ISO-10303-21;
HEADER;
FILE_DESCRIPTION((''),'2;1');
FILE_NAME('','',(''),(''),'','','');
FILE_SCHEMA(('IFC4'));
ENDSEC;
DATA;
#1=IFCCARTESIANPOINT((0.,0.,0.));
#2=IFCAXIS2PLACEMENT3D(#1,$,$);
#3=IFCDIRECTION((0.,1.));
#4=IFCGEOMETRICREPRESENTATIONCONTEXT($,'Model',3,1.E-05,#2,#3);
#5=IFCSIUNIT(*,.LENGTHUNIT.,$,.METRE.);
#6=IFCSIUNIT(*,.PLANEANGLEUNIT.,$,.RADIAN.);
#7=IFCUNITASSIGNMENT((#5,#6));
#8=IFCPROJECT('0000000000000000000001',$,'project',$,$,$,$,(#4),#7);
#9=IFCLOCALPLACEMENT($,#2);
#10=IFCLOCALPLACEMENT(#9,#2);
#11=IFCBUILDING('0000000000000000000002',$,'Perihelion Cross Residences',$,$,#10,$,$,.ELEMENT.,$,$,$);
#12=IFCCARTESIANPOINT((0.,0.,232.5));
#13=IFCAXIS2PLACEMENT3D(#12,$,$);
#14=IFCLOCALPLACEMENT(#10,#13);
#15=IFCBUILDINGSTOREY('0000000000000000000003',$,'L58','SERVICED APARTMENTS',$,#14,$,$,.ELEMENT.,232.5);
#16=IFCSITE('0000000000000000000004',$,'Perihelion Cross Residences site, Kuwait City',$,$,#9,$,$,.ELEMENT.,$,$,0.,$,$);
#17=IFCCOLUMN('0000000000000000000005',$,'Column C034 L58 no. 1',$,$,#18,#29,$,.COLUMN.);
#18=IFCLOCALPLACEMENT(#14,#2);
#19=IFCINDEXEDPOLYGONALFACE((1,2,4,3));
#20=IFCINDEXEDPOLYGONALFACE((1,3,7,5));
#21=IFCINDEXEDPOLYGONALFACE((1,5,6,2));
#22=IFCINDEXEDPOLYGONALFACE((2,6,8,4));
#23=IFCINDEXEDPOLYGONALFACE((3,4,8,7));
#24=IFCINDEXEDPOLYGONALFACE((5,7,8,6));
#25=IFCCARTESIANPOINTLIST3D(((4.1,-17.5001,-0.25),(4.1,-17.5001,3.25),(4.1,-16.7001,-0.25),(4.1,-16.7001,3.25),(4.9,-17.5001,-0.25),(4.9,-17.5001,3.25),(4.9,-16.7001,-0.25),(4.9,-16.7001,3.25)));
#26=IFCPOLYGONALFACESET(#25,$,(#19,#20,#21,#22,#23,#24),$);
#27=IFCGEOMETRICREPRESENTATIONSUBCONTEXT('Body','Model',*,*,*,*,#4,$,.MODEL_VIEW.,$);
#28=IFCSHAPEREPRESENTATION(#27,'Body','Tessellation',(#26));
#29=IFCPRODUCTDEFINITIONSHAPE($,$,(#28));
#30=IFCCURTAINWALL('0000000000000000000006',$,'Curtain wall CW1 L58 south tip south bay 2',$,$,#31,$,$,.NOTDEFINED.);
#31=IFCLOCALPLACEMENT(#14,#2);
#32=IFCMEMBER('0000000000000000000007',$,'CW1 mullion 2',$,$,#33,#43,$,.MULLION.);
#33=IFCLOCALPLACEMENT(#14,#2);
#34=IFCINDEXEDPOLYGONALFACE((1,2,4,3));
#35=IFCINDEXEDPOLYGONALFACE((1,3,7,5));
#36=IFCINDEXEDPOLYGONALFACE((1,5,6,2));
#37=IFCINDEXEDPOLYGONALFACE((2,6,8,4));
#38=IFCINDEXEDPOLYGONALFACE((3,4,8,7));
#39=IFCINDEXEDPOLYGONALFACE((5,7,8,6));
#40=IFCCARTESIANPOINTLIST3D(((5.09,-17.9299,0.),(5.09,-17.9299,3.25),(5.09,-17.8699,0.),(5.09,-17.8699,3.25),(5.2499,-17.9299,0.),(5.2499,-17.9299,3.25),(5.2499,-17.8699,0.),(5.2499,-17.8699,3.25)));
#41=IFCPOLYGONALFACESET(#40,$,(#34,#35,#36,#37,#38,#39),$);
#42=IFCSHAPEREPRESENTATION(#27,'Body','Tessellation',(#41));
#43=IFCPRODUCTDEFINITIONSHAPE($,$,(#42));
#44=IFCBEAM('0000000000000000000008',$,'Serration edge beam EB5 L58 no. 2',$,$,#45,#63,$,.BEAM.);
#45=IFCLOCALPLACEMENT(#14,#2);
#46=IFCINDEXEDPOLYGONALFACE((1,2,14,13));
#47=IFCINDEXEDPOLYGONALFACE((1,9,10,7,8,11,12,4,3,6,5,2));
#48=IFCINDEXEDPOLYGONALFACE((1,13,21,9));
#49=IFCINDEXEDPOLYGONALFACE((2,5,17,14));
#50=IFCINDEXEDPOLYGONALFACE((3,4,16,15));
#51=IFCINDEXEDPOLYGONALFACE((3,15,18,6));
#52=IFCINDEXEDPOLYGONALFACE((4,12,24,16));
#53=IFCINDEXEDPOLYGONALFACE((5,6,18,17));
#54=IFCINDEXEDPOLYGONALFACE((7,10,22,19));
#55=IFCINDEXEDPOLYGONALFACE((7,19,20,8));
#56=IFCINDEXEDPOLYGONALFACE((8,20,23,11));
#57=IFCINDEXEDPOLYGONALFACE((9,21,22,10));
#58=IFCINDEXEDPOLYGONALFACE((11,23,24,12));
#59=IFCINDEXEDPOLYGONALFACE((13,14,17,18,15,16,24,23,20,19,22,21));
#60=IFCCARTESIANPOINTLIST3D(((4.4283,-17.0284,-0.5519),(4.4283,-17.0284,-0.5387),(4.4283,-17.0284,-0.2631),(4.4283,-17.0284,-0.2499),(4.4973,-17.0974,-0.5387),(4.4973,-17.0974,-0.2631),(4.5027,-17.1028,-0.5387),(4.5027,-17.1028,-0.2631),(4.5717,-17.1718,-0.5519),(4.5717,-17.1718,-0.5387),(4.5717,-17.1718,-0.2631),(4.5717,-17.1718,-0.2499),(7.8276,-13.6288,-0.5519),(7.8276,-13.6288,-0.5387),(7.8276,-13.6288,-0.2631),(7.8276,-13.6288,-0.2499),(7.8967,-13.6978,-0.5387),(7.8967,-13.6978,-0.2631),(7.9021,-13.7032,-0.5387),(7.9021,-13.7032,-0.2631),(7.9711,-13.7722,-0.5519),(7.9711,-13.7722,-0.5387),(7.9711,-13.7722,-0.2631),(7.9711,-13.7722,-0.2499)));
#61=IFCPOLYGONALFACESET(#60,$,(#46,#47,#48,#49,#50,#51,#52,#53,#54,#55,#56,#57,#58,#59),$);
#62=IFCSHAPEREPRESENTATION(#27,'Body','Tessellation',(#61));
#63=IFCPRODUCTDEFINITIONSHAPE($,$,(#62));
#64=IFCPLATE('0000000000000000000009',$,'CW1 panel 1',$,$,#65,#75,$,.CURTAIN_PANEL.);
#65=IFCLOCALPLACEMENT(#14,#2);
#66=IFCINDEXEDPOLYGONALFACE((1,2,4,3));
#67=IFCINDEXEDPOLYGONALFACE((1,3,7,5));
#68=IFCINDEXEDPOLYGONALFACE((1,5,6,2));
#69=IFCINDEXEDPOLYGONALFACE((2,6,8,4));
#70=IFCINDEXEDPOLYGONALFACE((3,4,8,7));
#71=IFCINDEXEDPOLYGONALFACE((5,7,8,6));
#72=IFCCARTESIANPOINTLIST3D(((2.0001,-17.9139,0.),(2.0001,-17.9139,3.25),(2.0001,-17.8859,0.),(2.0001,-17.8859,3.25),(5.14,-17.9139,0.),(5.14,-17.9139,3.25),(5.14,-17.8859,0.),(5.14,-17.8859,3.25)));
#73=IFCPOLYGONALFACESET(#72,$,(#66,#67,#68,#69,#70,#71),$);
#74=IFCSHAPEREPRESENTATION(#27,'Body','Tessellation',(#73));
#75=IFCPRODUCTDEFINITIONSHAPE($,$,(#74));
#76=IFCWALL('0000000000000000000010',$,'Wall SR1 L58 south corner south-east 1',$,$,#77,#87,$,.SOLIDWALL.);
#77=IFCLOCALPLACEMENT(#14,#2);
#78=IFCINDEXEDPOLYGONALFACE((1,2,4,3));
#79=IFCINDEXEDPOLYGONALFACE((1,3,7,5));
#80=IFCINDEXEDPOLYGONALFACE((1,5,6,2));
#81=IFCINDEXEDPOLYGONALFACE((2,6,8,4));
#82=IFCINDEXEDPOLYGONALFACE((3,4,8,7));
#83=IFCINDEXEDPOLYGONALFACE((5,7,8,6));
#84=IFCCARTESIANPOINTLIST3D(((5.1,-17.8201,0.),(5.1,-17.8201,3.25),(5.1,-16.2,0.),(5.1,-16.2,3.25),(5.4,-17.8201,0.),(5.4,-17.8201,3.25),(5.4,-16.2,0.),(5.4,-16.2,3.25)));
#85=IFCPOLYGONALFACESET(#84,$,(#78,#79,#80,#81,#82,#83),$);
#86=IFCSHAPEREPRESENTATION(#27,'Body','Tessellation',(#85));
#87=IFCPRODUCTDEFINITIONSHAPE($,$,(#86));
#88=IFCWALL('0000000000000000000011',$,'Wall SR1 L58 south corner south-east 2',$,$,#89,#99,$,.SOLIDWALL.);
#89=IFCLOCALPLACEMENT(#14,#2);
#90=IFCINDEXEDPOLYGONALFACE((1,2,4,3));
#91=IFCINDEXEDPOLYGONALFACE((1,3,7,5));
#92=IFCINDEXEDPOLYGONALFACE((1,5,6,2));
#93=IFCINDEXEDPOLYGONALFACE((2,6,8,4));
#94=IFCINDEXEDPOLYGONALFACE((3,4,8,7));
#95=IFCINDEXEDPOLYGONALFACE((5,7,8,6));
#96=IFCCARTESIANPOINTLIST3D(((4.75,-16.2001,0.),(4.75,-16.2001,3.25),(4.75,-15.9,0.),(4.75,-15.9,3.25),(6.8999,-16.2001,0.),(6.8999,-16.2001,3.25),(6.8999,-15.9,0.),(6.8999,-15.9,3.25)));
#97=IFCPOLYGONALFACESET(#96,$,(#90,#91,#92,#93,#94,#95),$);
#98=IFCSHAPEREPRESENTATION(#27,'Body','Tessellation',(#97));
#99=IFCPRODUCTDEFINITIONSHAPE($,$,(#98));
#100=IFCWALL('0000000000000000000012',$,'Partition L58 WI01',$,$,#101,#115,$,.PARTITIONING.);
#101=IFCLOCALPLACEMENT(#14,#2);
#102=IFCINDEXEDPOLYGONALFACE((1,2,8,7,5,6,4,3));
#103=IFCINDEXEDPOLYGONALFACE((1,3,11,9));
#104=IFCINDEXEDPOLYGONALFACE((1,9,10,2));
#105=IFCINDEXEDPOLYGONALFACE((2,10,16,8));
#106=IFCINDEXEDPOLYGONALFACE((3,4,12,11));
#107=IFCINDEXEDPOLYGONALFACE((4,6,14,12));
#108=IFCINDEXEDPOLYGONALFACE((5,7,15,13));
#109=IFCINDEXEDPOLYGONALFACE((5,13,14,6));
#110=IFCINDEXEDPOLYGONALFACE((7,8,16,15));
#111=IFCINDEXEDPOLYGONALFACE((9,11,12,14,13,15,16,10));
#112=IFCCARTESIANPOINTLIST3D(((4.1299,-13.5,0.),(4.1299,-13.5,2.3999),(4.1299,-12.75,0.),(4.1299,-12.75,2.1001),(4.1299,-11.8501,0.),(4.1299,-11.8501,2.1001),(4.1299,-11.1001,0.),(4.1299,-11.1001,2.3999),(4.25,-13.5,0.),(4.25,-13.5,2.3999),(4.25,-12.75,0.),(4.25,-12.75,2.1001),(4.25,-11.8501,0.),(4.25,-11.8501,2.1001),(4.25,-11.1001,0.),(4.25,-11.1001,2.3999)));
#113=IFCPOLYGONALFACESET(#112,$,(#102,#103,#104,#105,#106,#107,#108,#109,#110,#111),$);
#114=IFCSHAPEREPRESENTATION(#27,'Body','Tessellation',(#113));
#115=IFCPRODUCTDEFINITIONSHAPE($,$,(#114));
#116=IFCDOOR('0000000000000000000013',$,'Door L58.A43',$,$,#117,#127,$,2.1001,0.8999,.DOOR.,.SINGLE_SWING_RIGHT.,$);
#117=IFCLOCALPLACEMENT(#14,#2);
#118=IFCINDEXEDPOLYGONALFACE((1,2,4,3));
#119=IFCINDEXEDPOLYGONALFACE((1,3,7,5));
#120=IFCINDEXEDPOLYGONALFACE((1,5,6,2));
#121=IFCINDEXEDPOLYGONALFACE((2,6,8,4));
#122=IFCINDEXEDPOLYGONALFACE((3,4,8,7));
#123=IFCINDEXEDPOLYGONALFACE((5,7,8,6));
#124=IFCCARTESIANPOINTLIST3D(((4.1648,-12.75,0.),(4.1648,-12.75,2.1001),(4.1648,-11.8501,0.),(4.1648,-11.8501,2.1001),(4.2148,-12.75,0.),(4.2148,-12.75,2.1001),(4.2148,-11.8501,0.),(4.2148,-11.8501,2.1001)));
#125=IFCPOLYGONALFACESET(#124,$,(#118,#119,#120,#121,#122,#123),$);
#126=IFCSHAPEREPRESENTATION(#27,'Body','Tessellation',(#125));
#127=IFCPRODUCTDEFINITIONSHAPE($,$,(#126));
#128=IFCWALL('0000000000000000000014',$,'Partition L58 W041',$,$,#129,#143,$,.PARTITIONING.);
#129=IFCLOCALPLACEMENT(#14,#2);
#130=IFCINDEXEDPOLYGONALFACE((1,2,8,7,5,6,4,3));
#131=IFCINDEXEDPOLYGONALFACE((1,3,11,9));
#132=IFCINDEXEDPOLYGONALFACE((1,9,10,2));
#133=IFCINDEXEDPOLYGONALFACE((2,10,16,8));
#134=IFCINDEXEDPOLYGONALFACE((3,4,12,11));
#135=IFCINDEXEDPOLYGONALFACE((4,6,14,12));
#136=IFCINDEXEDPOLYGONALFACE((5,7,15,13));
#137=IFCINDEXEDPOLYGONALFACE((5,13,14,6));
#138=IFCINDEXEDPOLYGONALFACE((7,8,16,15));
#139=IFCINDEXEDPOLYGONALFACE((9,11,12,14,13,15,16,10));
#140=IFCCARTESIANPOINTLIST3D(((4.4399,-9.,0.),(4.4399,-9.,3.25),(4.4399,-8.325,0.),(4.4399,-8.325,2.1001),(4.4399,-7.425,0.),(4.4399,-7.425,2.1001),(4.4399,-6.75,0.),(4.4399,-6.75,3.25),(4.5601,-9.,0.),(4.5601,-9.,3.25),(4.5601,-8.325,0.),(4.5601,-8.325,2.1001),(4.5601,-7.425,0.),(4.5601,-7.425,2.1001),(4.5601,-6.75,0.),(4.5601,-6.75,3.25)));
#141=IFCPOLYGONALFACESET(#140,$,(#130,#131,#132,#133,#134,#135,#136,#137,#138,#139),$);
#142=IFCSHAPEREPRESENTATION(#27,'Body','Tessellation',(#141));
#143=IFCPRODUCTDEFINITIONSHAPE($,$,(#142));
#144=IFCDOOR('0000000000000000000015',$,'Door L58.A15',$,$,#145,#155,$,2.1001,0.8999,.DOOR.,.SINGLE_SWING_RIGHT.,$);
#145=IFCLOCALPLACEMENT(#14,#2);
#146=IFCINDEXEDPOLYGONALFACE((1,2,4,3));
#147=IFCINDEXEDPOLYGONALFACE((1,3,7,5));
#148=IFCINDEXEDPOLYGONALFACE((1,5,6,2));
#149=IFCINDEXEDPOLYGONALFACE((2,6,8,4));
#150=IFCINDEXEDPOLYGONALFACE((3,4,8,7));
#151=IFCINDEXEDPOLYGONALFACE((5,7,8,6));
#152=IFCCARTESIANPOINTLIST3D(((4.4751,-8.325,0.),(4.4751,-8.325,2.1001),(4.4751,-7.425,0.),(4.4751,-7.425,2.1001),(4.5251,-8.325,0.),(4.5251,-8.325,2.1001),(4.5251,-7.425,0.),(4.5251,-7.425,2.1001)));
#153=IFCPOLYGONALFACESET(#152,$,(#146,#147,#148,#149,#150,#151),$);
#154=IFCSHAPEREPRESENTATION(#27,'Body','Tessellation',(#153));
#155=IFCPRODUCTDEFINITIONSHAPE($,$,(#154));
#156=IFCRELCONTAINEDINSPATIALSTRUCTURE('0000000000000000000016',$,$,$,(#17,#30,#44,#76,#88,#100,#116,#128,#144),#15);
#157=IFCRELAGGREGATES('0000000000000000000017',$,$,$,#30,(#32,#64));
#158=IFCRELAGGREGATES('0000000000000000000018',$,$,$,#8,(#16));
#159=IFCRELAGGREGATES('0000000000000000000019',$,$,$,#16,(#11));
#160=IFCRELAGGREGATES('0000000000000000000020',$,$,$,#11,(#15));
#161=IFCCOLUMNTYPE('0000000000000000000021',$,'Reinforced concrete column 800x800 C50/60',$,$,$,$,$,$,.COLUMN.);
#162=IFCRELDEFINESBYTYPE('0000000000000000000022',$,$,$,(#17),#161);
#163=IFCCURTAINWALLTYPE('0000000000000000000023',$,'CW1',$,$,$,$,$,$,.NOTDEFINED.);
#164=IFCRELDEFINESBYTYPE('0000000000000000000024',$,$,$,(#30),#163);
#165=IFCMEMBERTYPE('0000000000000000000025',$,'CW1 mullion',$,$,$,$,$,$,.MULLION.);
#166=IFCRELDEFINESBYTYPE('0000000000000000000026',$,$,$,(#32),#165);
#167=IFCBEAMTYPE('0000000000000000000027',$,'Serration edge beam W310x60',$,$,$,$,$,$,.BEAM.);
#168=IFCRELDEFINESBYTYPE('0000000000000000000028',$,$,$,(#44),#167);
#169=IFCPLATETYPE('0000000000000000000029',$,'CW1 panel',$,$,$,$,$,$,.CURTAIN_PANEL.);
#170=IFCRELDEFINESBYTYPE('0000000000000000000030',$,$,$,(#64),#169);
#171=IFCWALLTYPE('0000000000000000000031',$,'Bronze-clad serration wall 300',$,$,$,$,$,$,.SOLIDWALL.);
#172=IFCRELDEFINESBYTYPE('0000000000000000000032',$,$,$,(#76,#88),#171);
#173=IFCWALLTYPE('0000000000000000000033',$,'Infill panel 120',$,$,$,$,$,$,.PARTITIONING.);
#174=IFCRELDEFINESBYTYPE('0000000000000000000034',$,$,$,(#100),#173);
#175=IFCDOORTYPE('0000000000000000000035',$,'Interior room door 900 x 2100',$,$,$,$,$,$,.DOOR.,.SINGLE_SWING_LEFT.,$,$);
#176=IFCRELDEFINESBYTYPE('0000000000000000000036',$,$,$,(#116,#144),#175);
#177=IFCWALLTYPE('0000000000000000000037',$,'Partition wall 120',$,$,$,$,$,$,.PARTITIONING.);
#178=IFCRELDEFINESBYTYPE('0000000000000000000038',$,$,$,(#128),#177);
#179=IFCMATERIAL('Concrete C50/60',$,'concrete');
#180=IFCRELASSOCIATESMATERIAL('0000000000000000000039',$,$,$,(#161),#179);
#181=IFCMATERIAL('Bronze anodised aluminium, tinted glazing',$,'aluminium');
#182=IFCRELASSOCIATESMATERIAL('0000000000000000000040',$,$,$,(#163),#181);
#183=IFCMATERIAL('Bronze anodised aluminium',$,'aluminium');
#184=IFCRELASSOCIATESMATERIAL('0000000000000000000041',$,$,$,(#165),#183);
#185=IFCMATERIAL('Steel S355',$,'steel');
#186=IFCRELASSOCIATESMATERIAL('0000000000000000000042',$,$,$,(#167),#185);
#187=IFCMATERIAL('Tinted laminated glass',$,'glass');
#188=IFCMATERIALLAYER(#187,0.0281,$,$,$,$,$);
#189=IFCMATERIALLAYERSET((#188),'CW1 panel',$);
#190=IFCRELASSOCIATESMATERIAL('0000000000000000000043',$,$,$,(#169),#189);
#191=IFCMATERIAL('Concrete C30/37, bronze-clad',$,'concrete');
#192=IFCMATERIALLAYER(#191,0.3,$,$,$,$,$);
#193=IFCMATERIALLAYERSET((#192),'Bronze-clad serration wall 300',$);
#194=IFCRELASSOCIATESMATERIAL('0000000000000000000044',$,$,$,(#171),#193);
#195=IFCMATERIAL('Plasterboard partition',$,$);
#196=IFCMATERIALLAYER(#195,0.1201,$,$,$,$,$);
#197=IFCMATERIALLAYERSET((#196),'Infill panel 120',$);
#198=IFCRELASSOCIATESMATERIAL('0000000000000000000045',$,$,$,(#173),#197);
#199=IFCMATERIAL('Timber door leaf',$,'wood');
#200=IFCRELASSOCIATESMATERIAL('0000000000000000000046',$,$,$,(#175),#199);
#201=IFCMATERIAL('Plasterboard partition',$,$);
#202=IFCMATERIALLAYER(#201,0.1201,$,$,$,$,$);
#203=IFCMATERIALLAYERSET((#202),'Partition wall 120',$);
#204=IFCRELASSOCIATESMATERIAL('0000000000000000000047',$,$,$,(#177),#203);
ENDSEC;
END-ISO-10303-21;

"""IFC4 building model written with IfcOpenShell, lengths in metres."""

from ifc_helpers import new_model, si_unit, direction, frame, frame_2d, origin, origin_2d, place, context, subcontext, project, spatial, rectangle, i_section, extrude, material, layer, layer_set, material_profile, profile_set, type_object, element, fill, aggregate, save


model = new_model("IFC4")

# Units and contexts
model_context = context("Model", 3, precision=1e-05, world=origin(), true_north=direction((0.0, 1.0)))
body_context = subcontext(model_context, "Body", "Model", "MODEL_VIEW")
ifc_project = project(units=[si_unit("LENGTHUNIT", "METRE"), si_unit("PLANEANGLEUNIT", "RADIAN")], contexts=[model_context])

# Site, building, storey
site_placement = place(None, origin())
site = spatial("IfcSite", under=ifc_project, at=site_placement, Name="Perihelion Cross Residences site, Kuwait City", CompositionType="ELEMENT", RefElevation=0.0)
building_placement = place(site_placement, origin())
building = spatial("IfcBuilding", under=site, at=building_placement, Name="Perihelion Cross Residences", CompositionType="ELEMENT")
storey_placement = place(building_placement, frame((0.0, 0.0, 232.5)))
storey = spatial("IfcBuildingStorey", under=building, at=storey_placement, Name="L58", Description="SERVICED APARTMENTS", CompositionType="ELEMENT", Elevation=232.5)

# Column
ifc_material_1 = material(Name="Concrete C50/60", Category="concrete")
ifc_material_profile_1 = material_profile(ifc_material_1, rectangle(XDim=0.8, YDim=0.8, at=origin_2d()), Name="RC 800x800")
ifc_profile_set_1 = profile_set([ifc_material_profile_1], Name="Concrete C50/60")
column_type = type_object("IfcColumnType", Name="Reinforced concrete column 800x800 C50/60", PredefinedType="COLUMN", material=ifc_profile_set_1)
column_placement = place(storey_placement, frame((4.5, -17.1001, -0.25), z_axis=(0.0, 0.0, 1.0), x_axis=(1.0, 0.0, 0.0)))
element("IfcColumn", 1, at=column_placement, inside=storey, type_object=column_type, Name="Column C034 L58 no. 1", PredefinedType="COLUMN", context=body_context, shape_type="SweptSolid", body=[
    extrude(rectangle(XDim=0.8, YDim=0.8, at=origin_2d()), origin(), (0.0, 0.0, 1.0), 3.5),
])

# Curtain wall, member
ifc_material_2 = material(Name="Bronze anodised aluminium, tinted glazing", Category="aluminium")
curtain_wall_type = type_object("IfcCurtainWallType", Name="CW1", PredefinedType="NOTDEFINED", material=ifc_material_2)
curtain_wall_placement = place(storey_placement, origin())
curtain_wall = element("IfcCurtainWall", 2, at=curtain_wall_placement, inside=storey, type_object=curtain_wall_type, Name="Curtain wall CW1 L58 south tip south bay 2", PredefinedType="NOTDEFINED")
ifc_material_3 = material(Name="Bronze anodised aluminium", Category="aluminium")
ifc_material_profile_2 = material_profile(ifc_material_3, rectangle(XDim=0.0601, YDim=0.1599, at=origin_2d()), Name="CW1 mullion")
ifc_profile_set_2 = profile_set([ifc_material_profile_2], Name="Bronze anodised aluminium")
member_type = type_object("IfcMemberType", Name="CW1 mullion", PredefinedType="MULLION", material=ifc_profile_set_2)
member_placement = place(storey_placement, frame((5.1699, -17.8999, 0.0), z_axis=(0.0, 0.0, 1.0), x_axis=(0.0, 1.0, 0.0)))
member = element("IfcMember", 3, at=member_placement, type_object=member_type, Name="CW1 mullion 2", PredefinedType="MULLION", context=body_context, shape_type="SweptSolid", body=[
    extrude(rectangle(XDim=0.0601, YDim=0.1599, at=origin_2d()), origin(), (0.0, 0.0, 1.0), 3.25),
])

# Beam
ifc_material_4 = material(Name="Steel S355", Category="steel")
ifc_material_profile_3 = material_profile(ifc_material_4, i_section(OverallWidth=0.2029, OverallDepth=0.302, WebThickness=0.0076, FlangeThickness=0.0132, at=origin_2d()), Name="W310x60")
ifc_profile_set_3 = profile_set([ifc_material_profile_3], Name="Steel S355")
beam_type = type_object("IfcBeamType", Name="Serration edge beam W310x60", PredefinedType="BEAM", material=ifc_profile_set_3)
beam_placement = place(storey_placement, frame((4.5, -17.1001, -0.4009), z_axis=(0.707081, 0.707132, 0.0), x_axis=(-0.707132, 0.707081, 0.0)))
element("IfcBeam", 4, at=beam_placement, inside=storey, type_object=beam_type, Name="Serration edge beam EB5 L58 no. 2", PredefinedType="BEAM", context=body_context, shape_type="SweptSolid", body=[
    extrude(i_section(OverallWidth=0.2029, OverallDepth=0.302, WebThickness=0.0076, FlangeThickness=0.0132, at=origin_2d()), origin(), (0.0, 0.0, 1.0), 4.8076),
])

# Plate
ifc_material_5 = material(Name="Tinted laminated glass", Category="glass")
ifc_layer_1 = layer(ifc_material_5, 0.0281)
ifc_layer_set_1 = layer_set([ifc_layer_1], Name="CW1 panel")
plate_type = type_object("IfcPlateType", Name="CW1 panel", PredefinedType="CURTAIN_PANEL", material=ifc_layer_set_1)
plate_placement = place(storey_placement, frame((3.5701, -17.8999, 0.0), z_axis=(0.0, 0.0, 1.0), x_axis=(1.0, 0.0, 0.0)))
plate = element("IfcPlate", 5, at=plate_placement, type_object=plate_type, Name="CW1 panel 1", PredefinedType="CURTAIN_PANEL", context=body_context, shape_type="SweptSolid", body=[
    extrude(rectangle(XDim=3.1399, YDim=0.0281, at=origin_2d()), origin(), (0.0, 0.0, 1.0), 3.25),
])
aggregate(curtain_wall, [member, plate])

# Walls
ifc_material_6 = material(Name="Concrete C30/37, bronze-clad", Category="concrete")
ifc_layer_2 = layer(ifc_material_6, 0.3)
ifc_layer_set_2 = layer_set([ifc_layer_2], Name="Bronze-clad serration wall 300")
wall_type_1 = type_object("IfcWallType", Name="Bronze-clad serration wall 300", PredefinedType="SOLIDWALL", material=ifc_layer_set_2)
wall_1_placement = place(storey_placement, frame((5.25, -17.8201, 0.0), z_axis=(0.0, 0.0, 1.0), x_axis=(0.0, 1.0, 0.0)))
element("IfcWall", 6, at=wall_1_placement, inside=storey, type_object=wall_type_1, Name="Wall SR1 L58 south corner south-east 1", PredefinedType="SOLIDWALL", context=body_context, shape_type="SweptSolid", body=[
    extrude(rectangle(XDim=1.6201, YDim=0.3, at=frame_2d((0.8101, 0.0))), origin(), (0.0, 0.0, 1.0), 3.25),
])
wall_2_placement = place(storey_placement, frame((4.75, -16.05, 0.0), z_axis=(0.0, 0.0, 1.0), x_axis=(1.0, 0.0, 0.0)))
element("IfcWall", 7, at=wall_2_placement, inside=storey, type_object=wall_type_1, Name="Wall SR1 L58 south corner south-east 2", PredefinedType="SOLIDWALL", context=body_context, shape_type="SweptSolid", body=[
    extrude(rectangle(XDim=2.1499, YDim=0.3, at=frame_2d((1.075, 0.0))), origin(), (0.0, 0.0, 1.0), 3.25),
])

# Walls, openings, doors
ifc_material_7 = material(Name="Plasterboard partition")
ifc_layer_3 = layer(ifc_material_7, 0.1201)
ifc_layer_set_3 = layer_set([ifc_layer_3], Name="Infill panel 120")
wall_type_2 = type_object("IfcWallType", Name="Infill panel 120", PredefinedType="PARTITIONING", material=ifc_layer_set_3)
wall_3_placement = place(storey_placement, frame((4.1899, -11.1001, 0.0), z_axis=(0.0, 0.0, 1.0), x_axis=(0.0, -1.0, 0.0)))
wall_3 = element("IfcWall", 8, at=wall_3_placement, inside=storey, type_object=wall_type_2, Name="Partition L58 WI01", PredefinedType="PARTITIONING", context=body_context, shape_type="SweptSolid", body=[
    extrude(rectangle(XDim=2.3999, YDim=0.1201, at=frame_2d((1.2, 0.0))), origin(), (0.0, 0.0, 1.0), 2.3999),
])
opening_1_placement = place(wall_3_placement, frame((0.75, 0.0, 0.0)))
opening_1 = element("IfcOpeningElement", 9, at=opening_1_placement, cuts=wall_3, PredefinedType="OPENING", context=body_context, shape_type="SweptSolid", body=[
    extrude(rectangle(XDim=0.8999, YDim=2.1001, at=frame_2d((0.45, 1.05))), frame((0.0, 0.0701, 0.0), z_axis=(0.0, -1.0, 0.0), x_axis=(1.0, 0.0, 0.0)), (0.0, 0.0, 1.0), 0.1401),
])
ifc_material_8 = material(Name="Timber door leaf", Category="wood")
door_type_1 = type_object("IfcDoorType", Name="Interior room door 900 x 2100", OperationType="SINGLE_SWING_LEFT", PredefinedType="DOOR", material=ifc_material_8)
door_1_placement = place(opening_1_placement, origin())
door_1 = element("IfcDoor", 10, at=door_1_placement, inside=storey, type_object=door_type_1, Name="Door L58.A43", OperationType="SINGLE_SWING_RIGHT", OverallHeight=2.1001, OverallWidth=0.8999, PredefinedType="DOOR", context=body_context, shape_type="SweptSolid", body=[
    extrude(rectangle(XDim=0.8999, YDim=2.1001, at=frame_2d((0.45, 1.05))), frame((0.0, 0.0249, 0.0), z_axis=(0.0, -1.0, 0.0), x_axis=(1.0, 0.0, 0.0)), (0.0, 0.0, 1.0), 0.05),
])
fill(opening_1, door_1)
ifc_material_9 = material(Name="Plasterboard partition")
ifc_layer_4 = layer(ifc_material_9, 0.1201)
ifc_layer_set_4 = layer_set([ifc_layer_4], Name="Partition wall 120")
wall_type_3 = type_object("IfcWallType", Name="Partition wall 120", PredefinedType="PARTITIONING", material=ifc_layer_set_4)
wall_4_placement = place(storey_placement, frame((4.5, -9.0, 0.0), z_axis=(0.0, 0.0, 1.0), x_axis=(0.0, 1.0, 0.0)))
wall_4 = element("IfcWall", 11, at=wall_4_placement, inside=storey, type_object=wall_type_3, Name="Partition L58 W041", PredefinedType="PARTITIONING", context=body_context, shape_type="SweptSolid", body=[
    extrude(rectangle(XDim=2.25, YDim=0.1201, at=frame_2d((1.125, 0.0))), origin(), (0.0, 0.0, 1.0), 3.25),
])
opening_2_placement = place(wall_4_placement, frame((0.675, 0.0, 0.0)))
opening_2 = element("IfcOpeningElement", 12, at=opening_2_placement, cuts=wall_4, PredefinedType="OPENING", context=body_context, shape_type="SweptSolid", body=[
    extrude(rectangle(XDim=0.8999, YDim=2.1001, at=frame_2d((0.45, 1.05))), frame((0.0, 0.0701, 0.0), z_axis=(0.0, -1.0, 0.0), x_axis=(1.0, 0.0, 0.0)), (0.0, 0.0, 1.0), 0.1401),
])
door_2_placement = place(opening_2_placement, origin())
door_2 = element("IfcDoor", 13, at=door_2_placement, inside=storey, type_object=door_type_1, Name="Door L58.A15", OperationType="SINGLE_SWING_RIGHT", OverallHeight=2.1001, OverallWidth=0.8999, PredefinedType="DOOR", context=body_context, shape_type="SweptSolid", body=[
    extrude(rectangle(XDim=0.8999, YDim=2.1001, at=frame_2d((0.45, 1.05))), frame((0.0, 0.0249, 0.0), z_axis=(0.0, -1.0, 0.0), x_axis=(1.0, 0.0, 0.0)), (0.0, 0.0, 1.0), 0.05),
])
fill(opening_2, door_2)

save(model, "model.ifc")
